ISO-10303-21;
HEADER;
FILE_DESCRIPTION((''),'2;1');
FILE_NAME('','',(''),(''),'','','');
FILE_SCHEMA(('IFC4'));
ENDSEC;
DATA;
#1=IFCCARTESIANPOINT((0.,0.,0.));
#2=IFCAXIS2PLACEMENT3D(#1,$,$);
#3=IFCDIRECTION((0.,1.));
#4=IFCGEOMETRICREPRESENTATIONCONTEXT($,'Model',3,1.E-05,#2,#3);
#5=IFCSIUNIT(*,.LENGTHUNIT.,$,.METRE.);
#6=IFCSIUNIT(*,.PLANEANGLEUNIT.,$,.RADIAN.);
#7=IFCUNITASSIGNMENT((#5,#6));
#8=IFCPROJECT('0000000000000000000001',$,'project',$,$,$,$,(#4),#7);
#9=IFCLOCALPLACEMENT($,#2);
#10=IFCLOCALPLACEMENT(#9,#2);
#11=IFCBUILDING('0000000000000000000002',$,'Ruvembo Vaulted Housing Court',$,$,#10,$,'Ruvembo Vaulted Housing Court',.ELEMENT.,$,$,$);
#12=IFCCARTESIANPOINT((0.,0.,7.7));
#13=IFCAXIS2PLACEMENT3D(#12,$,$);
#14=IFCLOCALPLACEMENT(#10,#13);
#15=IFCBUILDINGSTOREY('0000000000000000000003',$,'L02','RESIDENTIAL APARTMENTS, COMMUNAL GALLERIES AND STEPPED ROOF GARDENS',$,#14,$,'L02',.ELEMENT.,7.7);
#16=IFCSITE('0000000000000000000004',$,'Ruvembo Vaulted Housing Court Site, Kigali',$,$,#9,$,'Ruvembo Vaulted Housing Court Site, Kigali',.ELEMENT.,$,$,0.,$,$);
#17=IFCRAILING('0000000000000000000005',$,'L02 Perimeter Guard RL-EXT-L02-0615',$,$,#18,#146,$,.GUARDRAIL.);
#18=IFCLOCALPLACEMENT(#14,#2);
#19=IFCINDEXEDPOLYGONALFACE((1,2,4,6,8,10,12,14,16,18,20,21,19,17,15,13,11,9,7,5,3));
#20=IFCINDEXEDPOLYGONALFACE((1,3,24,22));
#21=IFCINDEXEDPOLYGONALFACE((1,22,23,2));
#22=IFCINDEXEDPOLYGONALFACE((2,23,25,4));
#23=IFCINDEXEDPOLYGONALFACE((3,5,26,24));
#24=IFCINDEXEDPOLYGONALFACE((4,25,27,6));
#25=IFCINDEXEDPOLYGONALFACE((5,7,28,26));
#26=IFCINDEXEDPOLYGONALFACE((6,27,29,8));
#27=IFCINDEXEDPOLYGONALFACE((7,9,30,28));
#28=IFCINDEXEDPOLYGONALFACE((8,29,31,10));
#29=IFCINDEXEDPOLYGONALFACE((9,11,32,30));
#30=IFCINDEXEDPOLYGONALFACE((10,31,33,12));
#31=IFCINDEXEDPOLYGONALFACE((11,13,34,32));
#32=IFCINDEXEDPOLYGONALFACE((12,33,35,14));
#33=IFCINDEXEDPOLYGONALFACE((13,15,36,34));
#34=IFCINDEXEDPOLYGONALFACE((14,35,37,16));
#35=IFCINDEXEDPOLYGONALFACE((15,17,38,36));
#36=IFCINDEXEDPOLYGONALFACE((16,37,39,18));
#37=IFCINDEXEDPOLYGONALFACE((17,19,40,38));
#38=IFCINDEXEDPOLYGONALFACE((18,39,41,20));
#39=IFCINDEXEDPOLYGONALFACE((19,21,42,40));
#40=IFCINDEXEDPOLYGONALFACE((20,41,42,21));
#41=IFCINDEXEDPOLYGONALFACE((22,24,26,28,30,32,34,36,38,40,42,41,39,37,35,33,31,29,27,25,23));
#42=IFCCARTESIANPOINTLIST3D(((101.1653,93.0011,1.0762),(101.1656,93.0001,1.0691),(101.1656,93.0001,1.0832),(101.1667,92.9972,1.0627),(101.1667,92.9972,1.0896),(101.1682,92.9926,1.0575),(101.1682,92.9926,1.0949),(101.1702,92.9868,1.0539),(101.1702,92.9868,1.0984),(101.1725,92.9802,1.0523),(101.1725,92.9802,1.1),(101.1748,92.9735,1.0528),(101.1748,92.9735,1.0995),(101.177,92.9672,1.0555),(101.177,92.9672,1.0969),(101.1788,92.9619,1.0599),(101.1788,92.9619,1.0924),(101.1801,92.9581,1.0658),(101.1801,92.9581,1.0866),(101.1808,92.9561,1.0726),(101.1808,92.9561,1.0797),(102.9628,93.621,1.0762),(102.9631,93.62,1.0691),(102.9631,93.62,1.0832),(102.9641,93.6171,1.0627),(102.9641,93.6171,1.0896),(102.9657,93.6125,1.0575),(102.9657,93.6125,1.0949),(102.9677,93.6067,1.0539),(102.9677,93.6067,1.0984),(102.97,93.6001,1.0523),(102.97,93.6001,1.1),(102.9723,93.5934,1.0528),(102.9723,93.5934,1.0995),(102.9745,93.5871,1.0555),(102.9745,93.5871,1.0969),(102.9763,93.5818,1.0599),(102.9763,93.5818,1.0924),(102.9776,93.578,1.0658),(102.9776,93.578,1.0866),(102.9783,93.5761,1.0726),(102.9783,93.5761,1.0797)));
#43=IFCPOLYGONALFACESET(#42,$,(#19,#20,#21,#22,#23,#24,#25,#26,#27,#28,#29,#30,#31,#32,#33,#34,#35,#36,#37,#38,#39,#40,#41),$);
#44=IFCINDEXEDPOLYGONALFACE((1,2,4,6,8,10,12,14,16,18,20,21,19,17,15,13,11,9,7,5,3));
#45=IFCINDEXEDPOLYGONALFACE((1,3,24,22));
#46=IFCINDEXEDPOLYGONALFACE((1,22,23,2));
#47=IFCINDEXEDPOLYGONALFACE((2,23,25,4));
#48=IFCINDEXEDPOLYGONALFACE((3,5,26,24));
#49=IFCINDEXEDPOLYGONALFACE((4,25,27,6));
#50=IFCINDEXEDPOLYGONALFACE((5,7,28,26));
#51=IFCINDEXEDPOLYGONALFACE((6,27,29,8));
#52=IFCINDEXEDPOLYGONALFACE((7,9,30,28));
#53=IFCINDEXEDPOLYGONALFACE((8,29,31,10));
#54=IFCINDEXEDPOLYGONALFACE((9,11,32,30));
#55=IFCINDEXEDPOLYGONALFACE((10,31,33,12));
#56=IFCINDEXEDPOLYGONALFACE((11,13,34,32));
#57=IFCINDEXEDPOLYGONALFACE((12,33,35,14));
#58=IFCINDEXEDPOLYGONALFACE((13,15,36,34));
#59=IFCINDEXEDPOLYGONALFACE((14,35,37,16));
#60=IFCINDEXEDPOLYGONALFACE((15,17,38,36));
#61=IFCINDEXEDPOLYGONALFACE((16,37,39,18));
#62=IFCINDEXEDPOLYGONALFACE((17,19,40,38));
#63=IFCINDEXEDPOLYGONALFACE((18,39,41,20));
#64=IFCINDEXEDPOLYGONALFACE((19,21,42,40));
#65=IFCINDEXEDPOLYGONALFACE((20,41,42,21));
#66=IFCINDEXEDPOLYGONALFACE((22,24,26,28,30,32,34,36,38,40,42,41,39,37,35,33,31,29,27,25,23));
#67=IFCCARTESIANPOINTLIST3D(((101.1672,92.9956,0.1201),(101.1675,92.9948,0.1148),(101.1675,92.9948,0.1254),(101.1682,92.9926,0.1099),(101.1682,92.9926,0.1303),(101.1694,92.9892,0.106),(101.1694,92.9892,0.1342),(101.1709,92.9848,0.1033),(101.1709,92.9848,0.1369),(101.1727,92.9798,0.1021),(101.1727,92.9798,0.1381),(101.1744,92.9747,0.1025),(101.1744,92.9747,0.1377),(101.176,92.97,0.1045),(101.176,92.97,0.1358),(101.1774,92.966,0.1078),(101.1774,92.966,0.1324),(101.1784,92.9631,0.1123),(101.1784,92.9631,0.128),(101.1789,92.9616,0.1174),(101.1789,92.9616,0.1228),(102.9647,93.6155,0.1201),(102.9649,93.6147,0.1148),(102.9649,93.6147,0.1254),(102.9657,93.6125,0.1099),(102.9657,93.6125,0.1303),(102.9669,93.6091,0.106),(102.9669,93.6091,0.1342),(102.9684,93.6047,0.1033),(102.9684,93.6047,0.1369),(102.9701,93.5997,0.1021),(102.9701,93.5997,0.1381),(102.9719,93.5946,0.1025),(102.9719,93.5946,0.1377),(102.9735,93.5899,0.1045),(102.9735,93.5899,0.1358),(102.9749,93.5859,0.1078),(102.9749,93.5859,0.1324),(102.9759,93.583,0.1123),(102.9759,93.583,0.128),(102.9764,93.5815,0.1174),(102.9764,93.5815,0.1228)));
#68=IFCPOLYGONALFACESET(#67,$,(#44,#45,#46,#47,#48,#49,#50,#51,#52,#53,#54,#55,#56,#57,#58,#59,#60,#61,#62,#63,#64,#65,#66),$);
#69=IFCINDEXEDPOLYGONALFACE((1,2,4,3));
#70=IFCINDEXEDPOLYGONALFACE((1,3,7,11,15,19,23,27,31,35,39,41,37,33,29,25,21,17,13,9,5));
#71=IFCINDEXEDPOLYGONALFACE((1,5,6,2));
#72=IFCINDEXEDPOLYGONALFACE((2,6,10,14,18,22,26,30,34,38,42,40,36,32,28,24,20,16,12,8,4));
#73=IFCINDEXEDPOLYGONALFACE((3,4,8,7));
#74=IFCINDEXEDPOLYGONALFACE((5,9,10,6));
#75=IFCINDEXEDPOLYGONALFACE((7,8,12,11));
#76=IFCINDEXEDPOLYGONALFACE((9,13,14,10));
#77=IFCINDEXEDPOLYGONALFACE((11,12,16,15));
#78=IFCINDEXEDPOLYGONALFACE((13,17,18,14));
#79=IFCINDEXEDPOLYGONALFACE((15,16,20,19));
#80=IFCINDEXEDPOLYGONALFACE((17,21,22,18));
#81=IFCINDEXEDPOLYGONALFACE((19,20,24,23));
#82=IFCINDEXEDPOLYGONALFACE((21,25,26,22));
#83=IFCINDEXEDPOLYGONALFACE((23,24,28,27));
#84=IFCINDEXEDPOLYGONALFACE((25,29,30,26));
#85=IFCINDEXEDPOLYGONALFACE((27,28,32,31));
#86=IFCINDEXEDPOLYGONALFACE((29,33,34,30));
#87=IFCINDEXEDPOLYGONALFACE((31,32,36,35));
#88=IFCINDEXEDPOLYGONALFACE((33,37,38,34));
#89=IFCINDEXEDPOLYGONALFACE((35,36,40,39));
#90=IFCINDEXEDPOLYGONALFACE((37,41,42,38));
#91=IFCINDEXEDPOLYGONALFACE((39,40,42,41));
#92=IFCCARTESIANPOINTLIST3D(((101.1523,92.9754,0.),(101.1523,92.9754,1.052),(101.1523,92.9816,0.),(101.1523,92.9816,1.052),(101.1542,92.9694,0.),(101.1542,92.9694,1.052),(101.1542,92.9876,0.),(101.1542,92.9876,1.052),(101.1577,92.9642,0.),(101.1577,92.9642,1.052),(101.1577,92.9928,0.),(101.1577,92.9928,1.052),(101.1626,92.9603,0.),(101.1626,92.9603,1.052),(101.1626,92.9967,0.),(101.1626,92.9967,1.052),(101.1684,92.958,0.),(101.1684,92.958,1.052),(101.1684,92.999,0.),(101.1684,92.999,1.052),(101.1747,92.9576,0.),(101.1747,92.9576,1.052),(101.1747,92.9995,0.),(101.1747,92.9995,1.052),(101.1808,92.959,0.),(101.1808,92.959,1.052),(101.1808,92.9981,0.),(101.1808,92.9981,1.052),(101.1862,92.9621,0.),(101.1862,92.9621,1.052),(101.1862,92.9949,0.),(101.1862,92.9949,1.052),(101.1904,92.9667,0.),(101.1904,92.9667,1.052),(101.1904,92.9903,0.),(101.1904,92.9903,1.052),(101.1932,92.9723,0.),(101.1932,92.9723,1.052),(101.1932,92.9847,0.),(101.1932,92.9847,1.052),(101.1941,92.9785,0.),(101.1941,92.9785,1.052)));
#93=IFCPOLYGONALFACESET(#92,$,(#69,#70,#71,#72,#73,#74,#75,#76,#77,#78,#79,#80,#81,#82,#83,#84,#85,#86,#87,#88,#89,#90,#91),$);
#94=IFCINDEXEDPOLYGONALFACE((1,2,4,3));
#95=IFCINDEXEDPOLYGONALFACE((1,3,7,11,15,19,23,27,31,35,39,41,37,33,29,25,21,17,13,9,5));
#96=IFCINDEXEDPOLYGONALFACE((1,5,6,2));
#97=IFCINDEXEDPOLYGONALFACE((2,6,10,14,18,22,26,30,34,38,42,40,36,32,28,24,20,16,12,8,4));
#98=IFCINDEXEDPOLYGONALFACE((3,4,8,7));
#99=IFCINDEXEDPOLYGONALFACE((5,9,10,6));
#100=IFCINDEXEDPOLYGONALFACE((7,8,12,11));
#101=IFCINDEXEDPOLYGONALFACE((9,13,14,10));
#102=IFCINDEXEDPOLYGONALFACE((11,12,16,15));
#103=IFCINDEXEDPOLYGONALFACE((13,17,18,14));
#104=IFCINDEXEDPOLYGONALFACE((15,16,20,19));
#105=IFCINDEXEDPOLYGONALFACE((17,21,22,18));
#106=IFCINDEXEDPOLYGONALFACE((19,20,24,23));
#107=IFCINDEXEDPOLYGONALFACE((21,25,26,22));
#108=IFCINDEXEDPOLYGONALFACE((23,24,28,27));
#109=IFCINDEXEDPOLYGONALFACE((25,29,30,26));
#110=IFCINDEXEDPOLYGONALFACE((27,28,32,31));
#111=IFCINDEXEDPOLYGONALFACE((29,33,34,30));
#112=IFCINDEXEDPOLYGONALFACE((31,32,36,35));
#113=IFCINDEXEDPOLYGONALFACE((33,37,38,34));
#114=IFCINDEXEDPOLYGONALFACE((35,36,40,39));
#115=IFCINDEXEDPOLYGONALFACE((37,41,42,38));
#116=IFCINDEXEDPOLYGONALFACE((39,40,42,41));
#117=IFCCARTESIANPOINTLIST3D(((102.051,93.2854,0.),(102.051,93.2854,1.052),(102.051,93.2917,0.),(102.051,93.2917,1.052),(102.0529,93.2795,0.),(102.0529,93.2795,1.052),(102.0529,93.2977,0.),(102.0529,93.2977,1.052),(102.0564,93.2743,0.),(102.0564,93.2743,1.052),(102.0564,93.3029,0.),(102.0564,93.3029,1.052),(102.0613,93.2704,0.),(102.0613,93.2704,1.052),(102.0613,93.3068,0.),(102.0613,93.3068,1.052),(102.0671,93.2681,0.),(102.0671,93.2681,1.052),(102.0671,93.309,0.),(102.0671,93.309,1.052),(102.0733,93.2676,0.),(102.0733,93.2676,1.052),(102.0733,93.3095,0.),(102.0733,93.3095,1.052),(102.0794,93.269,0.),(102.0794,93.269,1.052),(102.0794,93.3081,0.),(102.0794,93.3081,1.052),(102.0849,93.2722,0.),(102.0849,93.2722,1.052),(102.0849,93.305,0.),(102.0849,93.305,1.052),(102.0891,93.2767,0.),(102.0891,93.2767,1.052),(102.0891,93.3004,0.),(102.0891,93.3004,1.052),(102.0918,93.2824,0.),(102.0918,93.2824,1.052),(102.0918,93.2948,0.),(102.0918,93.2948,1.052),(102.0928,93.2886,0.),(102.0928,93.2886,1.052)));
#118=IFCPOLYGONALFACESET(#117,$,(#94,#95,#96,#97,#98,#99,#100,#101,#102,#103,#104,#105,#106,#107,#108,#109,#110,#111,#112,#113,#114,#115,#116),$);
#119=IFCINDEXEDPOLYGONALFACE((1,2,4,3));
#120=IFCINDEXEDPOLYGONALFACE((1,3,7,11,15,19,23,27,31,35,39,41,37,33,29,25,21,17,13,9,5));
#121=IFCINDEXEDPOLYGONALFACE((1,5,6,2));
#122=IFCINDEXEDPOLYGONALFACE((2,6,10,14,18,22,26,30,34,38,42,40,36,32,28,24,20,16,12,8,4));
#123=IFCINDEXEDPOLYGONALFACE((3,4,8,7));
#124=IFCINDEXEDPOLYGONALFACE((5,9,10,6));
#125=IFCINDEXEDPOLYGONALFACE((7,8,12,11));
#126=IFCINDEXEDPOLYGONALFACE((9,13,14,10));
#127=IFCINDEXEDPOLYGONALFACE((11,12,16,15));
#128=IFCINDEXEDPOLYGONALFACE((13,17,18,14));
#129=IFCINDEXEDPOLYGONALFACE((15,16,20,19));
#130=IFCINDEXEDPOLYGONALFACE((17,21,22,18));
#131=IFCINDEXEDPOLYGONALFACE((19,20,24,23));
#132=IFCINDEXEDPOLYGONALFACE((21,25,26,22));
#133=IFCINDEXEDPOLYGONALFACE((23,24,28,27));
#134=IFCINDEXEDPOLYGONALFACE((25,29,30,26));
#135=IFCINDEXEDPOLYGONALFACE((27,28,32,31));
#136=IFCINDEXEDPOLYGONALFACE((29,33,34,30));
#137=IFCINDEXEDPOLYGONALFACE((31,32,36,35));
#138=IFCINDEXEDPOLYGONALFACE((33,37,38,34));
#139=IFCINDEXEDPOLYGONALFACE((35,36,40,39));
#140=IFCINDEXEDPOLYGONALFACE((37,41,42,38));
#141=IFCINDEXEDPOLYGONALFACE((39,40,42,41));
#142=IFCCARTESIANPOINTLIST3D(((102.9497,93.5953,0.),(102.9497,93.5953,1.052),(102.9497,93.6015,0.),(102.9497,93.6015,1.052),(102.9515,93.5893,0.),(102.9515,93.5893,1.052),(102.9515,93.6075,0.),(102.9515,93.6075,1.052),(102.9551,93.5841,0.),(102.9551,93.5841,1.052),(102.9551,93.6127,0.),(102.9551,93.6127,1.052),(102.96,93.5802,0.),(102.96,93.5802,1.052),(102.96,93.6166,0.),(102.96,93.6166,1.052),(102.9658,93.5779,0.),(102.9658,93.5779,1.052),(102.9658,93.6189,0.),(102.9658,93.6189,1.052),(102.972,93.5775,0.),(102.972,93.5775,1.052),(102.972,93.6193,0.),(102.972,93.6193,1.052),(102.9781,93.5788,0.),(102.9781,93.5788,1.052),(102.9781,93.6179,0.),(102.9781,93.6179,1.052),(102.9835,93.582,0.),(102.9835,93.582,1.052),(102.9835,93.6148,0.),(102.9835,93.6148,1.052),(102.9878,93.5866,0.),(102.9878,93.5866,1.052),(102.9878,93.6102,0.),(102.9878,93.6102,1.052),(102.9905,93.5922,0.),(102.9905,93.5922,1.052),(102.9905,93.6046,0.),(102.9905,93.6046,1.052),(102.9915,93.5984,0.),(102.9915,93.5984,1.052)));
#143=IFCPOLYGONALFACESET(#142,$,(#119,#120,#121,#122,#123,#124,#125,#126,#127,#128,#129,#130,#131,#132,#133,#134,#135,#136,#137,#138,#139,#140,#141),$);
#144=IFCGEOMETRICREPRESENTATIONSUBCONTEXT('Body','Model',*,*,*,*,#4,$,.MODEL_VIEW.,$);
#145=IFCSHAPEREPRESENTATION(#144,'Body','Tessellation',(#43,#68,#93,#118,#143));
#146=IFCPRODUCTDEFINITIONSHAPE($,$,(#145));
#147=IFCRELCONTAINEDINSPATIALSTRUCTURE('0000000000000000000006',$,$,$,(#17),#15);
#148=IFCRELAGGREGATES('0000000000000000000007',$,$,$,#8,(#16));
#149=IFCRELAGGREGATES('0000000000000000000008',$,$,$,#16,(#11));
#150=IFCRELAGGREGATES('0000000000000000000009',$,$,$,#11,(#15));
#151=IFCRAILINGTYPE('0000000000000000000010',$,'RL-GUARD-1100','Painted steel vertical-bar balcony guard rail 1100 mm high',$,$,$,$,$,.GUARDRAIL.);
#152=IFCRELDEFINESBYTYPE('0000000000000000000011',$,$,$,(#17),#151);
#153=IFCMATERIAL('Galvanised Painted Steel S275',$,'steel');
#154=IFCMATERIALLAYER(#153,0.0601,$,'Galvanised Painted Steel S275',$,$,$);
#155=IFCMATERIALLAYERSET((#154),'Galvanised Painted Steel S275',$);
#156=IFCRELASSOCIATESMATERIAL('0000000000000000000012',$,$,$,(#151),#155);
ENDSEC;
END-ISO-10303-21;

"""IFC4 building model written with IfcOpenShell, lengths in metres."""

from ifc_helpers import new_model, si_unit, direction, frame, origin, origin_2d, place, context, subcontext, project, spatial, circle, extrude, material, layer, layer_set, type_object, element, save


model = new_model("IFC4")

# Units and contexts
model_context = context("Model", 3, precision=1e-05, world=origin(), true_north=direction((0.0, 1.0)))
body_context = subcontext(model_context, "Body", "Model", "MODEL_VIEW")
ifc_project = project(units=[si_unit("LENGTHUNIT", "METRE"), si_unit("PLANEANGLEUNIT", "RADIAN")], contexts=[model_context])

# Site, building, storey
site_placement = place(None, origin())
site = spatial("IfcSite", under=ifc_project, at=site_placement, Name="Ruvembo Vaulted Housing Court Site, Kigali", LongName="Ruvembo Vaulted Housing Court Site, Kigali", CompositionType="ELEMENT", RefElevation=0.0)
building_placement = place(site_placement, origin())
building = spatial("IfcBuilding", under=site, at=building_placement, Name="Ruvembo Vaulted Housing Court", LongName="Ruvembo Vaulted Housing Court", CompositionType="ELEMENT")
storey_placement = place(building_placement, frame((0.0, 0.0, 7.7)))
storey = spatial("IfcBuildingStorey", under=building, at=storey_placement, Name="L02", Description="RESIDENTIAL APARTMENTS, COMMUNAL GALLERIES AND STEPPED ROOF GARDENS", LongName="L02", CompositionType="ELEMENT", Elevation=7.7)

# Railing
ifc_material_1 = material(Name="Galvanised Painted Steel S275", Category="steel")
ifc_layer = layer(ifc_material_1, 0.0601, Name="Galvanised Painted Steel S275")
ifc_layer_set = layer_set([ifc_layer], Name="Galvanised Painted Steel S275")
railing_type = type_object("IfcRailingType", Name="RL-GUARD-1100", Description="Painted steel vertical-bar balcony guard rail 1100 mm high", PredefinedType="GUARDRAIL", material=ifc_layer_set)
railing_1_placement = place(storey_placement, frame((101.1731, 92.9785, 0.0)))
element("IfcRailing", 1, at=railing_1_placement, inside=storey, type_object=railing_type, Name="L02 Perimeter Guard RL-EXT-L02-0615", PredefinedType="GUARDRAIL", context=body_context, shape_type="SweptSolid", body=[
    extrude(circle(Radius=0.0239, at=origin_2d()), frame((0.0, 0.0, 1.0762), z_axis=(0.945358, 0.326034, 0.0), x_axis=(-0.326034, 0.945358, 0.0)), (0.0, 0.0, 1.0), 1.9014),
    extrude(circle(Radius=0.0181, at=origin_2d()), frame((0.0, 0.0, 0.1201), z_axis=(0.945358, 0.326034, 0.0), x_axis=(-0.326034, 0.945358, 0.0)), (0.0, 0.0, 1.0), 1.9014),
    extrude(circle(Radius=0.021, at=origin_2d()), origin(), (0.0, 0.0, 1.0), 1.052),
    extrude(circle(Radius=0.021, at=origin_2d()), frame((0.8987, 0.3101, 0.0)), (0.0, 0.0, 1.0), 1.052),
    extrude(circle(Radius=0.021, at=origin_2d()), frame((1.7974, 0.6199, 0.0)), (0.0, 0.0, 1.0), 1.052),
])

save(model, "model.ifc")
